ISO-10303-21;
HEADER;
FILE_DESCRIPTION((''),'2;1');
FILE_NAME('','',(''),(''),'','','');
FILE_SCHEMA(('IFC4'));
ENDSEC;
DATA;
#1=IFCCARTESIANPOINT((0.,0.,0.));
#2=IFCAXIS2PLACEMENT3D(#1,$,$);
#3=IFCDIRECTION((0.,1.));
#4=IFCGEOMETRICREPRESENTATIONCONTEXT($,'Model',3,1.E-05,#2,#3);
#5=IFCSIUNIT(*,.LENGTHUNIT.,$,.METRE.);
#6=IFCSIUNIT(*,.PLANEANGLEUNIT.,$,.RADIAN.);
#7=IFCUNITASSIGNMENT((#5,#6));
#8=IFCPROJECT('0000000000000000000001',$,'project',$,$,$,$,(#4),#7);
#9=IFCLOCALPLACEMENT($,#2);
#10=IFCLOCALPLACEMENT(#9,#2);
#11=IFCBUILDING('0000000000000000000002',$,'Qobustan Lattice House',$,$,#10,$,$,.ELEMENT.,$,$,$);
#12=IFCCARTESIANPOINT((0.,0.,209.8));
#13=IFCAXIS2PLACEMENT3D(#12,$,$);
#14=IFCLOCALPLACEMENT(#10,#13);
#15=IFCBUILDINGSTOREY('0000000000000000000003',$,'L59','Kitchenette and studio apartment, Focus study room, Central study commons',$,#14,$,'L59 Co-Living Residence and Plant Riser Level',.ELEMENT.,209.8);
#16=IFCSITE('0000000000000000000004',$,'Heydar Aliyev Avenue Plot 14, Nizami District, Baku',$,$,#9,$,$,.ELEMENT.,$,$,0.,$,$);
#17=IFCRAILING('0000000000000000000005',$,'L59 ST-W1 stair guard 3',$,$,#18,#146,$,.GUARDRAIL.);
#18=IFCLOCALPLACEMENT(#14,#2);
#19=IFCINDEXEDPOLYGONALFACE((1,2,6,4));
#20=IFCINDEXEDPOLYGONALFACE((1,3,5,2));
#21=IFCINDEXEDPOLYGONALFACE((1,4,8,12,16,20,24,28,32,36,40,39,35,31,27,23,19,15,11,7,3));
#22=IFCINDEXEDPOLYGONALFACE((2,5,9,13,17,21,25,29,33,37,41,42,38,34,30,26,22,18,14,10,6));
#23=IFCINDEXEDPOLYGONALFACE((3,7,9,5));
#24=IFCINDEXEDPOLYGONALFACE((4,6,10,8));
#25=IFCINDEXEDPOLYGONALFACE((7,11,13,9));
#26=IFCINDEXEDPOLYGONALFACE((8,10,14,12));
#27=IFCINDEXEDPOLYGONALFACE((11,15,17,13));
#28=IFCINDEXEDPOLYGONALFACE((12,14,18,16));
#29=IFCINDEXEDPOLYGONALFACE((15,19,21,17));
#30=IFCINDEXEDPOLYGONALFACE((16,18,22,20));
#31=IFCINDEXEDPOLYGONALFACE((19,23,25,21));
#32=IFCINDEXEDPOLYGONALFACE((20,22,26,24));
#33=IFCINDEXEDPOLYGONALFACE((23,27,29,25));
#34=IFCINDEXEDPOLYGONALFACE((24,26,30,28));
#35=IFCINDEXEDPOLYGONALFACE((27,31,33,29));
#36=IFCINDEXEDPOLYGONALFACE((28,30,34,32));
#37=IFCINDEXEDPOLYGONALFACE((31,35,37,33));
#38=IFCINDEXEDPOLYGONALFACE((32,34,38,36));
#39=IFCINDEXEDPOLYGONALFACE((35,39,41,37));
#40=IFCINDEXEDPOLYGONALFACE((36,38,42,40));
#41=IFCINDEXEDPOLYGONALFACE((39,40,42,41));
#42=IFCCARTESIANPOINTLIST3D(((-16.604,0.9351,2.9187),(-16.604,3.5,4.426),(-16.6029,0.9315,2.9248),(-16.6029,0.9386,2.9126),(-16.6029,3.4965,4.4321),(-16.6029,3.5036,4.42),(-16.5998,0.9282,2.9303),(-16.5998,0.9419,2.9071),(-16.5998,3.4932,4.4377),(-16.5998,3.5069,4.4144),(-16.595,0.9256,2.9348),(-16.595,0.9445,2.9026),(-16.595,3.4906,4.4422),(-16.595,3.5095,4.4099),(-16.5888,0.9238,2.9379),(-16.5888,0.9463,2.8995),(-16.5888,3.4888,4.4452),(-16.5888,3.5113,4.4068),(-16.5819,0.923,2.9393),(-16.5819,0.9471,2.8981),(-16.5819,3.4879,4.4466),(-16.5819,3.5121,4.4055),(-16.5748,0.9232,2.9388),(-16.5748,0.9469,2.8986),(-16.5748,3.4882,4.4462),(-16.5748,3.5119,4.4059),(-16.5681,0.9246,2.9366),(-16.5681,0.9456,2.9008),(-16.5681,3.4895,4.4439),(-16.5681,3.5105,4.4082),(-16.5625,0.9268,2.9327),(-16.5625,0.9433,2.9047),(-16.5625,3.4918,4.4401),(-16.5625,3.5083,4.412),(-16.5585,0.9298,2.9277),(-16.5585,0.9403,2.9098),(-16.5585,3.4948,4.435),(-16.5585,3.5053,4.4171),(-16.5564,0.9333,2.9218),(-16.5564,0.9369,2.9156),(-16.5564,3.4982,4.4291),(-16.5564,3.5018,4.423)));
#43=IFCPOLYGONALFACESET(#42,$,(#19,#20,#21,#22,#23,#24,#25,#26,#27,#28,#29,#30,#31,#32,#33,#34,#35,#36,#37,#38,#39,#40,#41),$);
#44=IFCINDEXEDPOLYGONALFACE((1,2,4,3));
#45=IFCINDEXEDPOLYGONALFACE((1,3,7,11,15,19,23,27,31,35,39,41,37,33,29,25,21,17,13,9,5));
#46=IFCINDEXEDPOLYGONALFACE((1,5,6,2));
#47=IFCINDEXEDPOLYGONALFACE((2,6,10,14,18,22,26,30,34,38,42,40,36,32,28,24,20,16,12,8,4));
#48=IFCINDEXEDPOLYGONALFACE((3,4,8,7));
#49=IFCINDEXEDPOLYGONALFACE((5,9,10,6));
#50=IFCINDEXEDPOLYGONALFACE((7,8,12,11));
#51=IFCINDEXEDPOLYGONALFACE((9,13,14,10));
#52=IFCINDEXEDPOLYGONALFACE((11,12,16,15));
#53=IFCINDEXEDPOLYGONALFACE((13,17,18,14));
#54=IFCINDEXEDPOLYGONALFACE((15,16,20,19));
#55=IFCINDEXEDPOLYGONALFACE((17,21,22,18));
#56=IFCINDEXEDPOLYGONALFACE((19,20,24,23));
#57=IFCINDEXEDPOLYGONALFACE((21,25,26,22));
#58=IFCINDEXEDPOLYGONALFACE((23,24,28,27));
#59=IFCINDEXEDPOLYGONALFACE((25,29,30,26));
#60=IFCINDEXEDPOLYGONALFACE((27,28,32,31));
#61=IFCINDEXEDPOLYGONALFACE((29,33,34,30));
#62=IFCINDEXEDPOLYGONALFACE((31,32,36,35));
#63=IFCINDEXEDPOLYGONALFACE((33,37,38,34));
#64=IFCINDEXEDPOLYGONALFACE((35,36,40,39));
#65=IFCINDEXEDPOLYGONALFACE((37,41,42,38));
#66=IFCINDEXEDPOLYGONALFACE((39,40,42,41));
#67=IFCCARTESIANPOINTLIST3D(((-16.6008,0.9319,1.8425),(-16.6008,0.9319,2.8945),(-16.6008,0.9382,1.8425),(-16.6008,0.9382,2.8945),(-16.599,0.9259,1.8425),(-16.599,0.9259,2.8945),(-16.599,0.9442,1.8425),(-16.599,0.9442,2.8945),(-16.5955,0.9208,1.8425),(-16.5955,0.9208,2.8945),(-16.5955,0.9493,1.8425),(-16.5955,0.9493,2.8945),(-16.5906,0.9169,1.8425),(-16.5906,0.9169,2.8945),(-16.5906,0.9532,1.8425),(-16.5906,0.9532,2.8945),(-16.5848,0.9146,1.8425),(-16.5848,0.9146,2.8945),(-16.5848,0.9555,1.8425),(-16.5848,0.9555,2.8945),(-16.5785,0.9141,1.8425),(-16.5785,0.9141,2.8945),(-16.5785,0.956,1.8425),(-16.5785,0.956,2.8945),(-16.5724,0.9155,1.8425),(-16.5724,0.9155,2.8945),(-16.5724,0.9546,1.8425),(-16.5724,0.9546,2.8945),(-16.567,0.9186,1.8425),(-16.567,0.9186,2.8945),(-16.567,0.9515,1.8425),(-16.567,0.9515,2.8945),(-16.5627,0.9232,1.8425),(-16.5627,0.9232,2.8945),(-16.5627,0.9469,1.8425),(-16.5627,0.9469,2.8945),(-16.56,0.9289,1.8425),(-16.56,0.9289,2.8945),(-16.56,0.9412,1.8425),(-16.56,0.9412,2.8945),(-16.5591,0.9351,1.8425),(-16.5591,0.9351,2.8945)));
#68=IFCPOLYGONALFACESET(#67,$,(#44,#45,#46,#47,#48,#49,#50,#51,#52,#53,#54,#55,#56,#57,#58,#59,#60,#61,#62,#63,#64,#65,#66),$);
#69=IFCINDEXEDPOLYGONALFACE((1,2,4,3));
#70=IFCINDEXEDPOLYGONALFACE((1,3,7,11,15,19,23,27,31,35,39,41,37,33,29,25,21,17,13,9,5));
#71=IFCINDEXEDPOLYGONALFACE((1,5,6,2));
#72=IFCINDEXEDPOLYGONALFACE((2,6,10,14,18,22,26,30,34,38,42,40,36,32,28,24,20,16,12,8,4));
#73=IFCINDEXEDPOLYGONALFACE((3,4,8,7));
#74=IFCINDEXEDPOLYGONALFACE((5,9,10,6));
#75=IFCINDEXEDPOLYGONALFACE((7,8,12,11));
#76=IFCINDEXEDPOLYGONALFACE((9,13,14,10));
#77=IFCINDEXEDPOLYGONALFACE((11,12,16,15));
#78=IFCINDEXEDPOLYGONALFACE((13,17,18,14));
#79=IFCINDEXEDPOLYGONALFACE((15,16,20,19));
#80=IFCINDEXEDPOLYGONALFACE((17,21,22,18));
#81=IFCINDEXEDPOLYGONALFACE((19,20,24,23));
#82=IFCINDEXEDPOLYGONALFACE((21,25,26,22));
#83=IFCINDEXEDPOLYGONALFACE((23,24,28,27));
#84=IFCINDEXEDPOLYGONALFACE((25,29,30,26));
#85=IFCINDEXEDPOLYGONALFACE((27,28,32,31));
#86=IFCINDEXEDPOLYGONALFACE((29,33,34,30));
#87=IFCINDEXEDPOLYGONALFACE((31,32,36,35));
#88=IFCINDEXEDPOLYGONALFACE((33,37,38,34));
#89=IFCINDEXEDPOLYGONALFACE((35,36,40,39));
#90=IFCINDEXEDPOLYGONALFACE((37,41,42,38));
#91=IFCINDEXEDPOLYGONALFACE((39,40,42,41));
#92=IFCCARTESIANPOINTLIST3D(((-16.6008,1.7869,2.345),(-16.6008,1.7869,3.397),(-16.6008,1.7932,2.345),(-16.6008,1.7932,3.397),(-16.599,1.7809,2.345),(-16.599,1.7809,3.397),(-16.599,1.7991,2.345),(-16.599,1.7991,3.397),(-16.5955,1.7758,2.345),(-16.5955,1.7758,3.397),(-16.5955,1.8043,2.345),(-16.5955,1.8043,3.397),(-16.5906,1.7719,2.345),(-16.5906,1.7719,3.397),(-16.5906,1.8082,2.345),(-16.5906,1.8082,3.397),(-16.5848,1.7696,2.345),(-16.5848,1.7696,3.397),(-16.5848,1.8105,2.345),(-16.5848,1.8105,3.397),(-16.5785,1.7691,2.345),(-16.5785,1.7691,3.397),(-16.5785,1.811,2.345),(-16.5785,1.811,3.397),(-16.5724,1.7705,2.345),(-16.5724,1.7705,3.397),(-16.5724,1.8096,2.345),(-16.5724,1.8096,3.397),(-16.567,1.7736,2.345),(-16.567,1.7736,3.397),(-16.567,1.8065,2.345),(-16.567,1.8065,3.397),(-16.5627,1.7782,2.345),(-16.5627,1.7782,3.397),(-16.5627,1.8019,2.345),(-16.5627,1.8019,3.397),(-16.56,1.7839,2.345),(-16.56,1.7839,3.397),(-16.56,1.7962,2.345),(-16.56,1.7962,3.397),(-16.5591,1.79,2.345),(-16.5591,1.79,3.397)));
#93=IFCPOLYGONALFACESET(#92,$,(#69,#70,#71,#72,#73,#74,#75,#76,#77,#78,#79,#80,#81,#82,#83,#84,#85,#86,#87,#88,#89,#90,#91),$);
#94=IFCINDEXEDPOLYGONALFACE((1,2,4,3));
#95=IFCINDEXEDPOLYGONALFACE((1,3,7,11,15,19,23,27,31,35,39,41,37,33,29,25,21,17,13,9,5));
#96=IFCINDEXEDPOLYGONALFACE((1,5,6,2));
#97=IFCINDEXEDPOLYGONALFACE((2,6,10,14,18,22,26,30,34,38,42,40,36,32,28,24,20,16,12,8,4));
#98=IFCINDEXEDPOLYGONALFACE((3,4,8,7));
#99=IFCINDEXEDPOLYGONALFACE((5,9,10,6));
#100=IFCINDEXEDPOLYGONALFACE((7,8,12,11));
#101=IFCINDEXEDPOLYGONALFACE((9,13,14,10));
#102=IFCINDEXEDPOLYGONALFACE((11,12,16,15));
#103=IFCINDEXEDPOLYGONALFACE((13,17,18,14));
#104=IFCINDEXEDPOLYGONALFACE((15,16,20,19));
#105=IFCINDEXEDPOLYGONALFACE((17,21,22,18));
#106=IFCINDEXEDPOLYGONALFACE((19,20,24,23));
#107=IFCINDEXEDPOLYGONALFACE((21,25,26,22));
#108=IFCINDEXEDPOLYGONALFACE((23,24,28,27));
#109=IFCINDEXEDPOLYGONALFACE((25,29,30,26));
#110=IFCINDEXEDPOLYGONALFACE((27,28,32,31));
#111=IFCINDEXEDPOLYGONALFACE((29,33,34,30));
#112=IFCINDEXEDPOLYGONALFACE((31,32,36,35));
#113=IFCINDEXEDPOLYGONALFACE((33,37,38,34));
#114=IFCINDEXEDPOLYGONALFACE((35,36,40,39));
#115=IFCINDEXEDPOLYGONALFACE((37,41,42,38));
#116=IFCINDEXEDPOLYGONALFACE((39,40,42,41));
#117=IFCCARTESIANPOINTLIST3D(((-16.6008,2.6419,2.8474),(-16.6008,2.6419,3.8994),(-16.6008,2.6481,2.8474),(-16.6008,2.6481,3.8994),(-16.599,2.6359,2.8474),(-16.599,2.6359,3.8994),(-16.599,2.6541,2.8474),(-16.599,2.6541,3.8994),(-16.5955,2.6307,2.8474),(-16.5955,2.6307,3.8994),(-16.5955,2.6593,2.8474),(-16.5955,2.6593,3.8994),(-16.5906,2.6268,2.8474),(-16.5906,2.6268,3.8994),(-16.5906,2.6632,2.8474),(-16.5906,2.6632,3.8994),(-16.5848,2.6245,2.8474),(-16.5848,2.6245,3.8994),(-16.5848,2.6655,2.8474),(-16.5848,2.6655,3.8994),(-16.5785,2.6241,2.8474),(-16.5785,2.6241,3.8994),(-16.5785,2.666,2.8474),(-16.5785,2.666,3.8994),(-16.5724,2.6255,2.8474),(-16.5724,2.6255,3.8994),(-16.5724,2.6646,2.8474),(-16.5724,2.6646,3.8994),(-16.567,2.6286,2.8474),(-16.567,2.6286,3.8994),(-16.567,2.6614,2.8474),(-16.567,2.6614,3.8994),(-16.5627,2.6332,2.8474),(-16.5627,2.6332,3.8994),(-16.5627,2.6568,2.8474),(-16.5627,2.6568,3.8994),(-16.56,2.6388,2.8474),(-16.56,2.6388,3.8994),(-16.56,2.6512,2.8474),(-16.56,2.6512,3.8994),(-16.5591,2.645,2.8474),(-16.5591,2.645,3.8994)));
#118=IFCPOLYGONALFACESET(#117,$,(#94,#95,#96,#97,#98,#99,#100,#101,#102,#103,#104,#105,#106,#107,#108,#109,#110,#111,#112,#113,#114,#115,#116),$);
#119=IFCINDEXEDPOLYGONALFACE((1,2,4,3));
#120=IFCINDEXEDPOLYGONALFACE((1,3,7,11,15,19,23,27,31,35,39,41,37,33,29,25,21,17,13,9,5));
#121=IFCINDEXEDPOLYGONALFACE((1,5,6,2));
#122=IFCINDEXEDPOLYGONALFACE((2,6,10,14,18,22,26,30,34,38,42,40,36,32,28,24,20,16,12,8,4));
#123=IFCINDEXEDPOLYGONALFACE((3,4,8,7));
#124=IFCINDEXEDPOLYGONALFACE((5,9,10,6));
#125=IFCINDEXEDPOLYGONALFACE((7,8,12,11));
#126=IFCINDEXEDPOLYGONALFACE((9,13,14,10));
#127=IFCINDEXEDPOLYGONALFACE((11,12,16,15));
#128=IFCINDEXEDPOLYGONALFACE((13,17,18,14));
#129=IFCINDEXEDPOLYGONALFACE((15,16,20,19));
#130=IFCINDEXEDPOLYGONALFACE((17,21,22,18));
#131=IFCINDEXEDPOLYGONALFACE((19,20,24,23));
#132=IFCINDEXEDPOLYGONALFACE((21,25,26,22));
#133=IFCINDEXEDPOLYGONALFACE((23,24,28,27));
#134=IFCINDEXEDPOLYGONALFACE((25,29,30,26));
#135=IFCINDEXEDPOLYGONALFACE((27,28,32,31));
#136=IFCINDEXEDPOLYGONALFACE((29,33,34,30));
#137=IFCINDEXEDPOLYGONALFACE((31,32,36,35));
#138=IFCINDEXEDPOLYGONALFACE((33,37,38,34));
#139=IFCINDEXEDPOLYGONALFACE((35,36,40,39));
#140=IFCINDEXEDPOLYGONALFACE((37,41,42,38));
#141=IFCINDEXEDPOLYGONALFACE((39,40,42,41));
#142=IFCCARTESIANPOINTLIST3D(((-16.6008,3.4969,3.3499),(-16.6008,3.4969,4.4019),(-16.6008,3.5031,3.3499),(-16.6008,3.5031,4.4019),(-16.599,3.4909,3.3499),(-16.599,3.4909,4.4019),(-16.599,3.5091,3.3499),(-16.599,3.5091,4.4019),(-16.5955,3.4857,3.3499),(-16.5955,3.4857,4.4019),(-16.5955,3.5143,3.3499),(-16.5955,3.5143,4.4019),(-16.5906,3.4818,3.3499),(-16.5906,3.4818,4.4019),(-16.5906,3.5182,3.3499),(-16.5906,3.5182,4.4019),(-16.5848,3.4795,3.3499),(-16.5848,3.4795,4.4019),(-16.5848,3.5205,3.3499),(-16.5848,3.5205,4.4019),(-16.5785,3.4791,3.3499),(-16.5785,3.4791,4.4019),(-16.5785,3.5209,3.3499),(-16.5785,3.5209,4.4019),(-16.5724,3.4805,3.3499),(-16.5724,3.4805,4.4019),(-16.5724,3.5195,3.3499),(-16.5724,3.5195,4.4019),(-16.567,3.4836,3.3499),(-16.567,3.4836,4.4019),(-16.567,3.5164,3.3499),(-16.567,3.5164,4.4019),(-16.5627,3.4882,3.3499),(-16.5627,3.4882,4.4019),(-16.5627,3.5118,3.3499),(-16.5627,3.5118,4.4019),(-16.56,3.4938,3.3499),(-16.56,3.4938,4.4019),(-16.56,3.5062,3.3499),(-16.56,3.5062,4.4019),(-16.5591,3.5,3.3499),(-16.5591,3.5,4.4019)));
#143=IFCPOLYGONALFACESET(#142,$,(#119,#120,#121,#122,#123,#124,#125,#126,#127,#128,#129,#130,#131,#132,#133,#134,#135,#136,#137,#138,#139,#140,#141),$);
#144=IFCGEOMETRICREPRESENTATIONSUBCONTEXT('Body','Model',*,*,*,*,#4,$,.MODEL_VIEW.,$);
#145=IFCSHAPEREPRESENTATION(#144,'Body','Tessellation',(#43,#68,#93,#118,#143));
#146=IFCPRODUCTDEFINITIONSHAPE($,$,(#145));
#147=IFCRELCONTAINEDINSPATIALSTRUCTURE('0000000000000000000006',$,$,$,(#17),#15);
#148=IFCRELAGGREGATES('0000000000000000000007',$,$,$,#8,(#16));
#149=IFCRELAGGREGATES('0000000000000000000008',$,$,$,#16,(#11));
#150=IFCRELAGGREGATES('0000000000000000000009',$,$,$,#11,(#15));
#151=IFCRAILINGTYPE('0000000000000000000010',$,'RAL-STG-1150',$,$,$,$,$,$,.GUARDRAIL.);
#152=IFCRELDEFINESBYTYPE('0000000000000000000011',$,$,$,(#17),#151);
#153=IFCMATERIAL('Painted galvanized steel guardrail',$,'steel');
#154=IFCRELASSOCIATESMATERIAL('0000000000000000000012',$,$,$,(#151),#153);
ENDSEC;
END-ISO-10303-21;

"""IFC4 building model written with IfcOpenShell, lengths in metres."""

from ifc_helpers import new_model, si_unit, direction, frame, origin, origin_2d, place, context, subcontext, project, spatial, circle, extrude, material, type_object, element, save


model = new_model("IFC4")

# Units and contexts
model_context = context("Model", 3, precision=1e-05, world=origin(), true_north=direction((0.0, 1.0)))
body_context = subcontext(model_context, "Body", "Model", "MODEL_VIEW")
ifc_project = project(units=[si_unit("LENGTHUNIT", "METRE"), si_unit("PLANEANGLEUNIT", "RADIAN")], contexts=[model_context])

# Site, building, storey
site_placement = place(None, origin())
site = spatial("IfcSite", under=ifc_project, at=site_placement, Name="Heydar Aliyev Avenue Plot 14, Nizami District, Baku", CompositionType="ELEMENT", RefElevation=0.0)
building_placement = place(site_placement, origin())
building = spatial("IfcBuilding", under=site, at=building_placement, Name="Qobustan Lattice House", CompositionType="ELEMENT")
storey_placement = place(building_placement, frame((0.0, 0.0, 209.8)))
storey = spatial("IfcBuildingStorey", under=building, at=storey_placement, Name="L59", Description="Kitchenette and studio apartment, Focus study room, Central study commons", LongName="L59 Co-Living Residence and Plant Riser Level", CompositionType="ELEMENT", Elevation=209.8)

# Railing
ifc_material_1 = material(Name="Painted galvanized steel guardrail", Category="steel")
railing_type_1 = type_object("IfcRailingType", Name="RAL-STG-1150", PredefinedType="GUARDRAIL", material=ifc_material_1)
railing_1_placement = place(storey_placement, frame((-16.5801, 0.9351, 1.8425)))
element("IfcRailing", 1, at=railing_1_placement, inside=storey, type_object=railing_type_1, Name="L59 ST-W1 stair guard 3", PredefinedType="GUARDRAIL", context=body_context, shape_type="SweptSolid", body=[
    extrude(circle(Radius=0.0239, at=origin_2d()), frame((0.0, 0.0, 1.0762), z_axis=(0.0, 0.862149, 0.506654), x_axis=(-1.0, 0.0, 0.0)), (0.0, 0.0, 1.0), 2.9751),
    extrude(circle(Radius=0.021, at=origin_2d()), origin(), (0.0, 0.0, 1.0), 1.052),
    extrude(circle(Radius=0.021, at=origin_2d()), frame((0.0, 0.855, 0.5024)), (0.0, 0.0, 1.0), 1.052),
    extrude(circle(Radius=0.021, at=origin_2d()), frame((0.0, 1.71, 1.0049)), (0.0, 0.0, 1.0), 1.052),
    extrude(circle(Radius=0.021, at=origin_2d()), frame((0.0, 2.5649, 1.5073)), (0.0, 0.0, 1.0), 1.052),
])

save(model, "model.ifc")
